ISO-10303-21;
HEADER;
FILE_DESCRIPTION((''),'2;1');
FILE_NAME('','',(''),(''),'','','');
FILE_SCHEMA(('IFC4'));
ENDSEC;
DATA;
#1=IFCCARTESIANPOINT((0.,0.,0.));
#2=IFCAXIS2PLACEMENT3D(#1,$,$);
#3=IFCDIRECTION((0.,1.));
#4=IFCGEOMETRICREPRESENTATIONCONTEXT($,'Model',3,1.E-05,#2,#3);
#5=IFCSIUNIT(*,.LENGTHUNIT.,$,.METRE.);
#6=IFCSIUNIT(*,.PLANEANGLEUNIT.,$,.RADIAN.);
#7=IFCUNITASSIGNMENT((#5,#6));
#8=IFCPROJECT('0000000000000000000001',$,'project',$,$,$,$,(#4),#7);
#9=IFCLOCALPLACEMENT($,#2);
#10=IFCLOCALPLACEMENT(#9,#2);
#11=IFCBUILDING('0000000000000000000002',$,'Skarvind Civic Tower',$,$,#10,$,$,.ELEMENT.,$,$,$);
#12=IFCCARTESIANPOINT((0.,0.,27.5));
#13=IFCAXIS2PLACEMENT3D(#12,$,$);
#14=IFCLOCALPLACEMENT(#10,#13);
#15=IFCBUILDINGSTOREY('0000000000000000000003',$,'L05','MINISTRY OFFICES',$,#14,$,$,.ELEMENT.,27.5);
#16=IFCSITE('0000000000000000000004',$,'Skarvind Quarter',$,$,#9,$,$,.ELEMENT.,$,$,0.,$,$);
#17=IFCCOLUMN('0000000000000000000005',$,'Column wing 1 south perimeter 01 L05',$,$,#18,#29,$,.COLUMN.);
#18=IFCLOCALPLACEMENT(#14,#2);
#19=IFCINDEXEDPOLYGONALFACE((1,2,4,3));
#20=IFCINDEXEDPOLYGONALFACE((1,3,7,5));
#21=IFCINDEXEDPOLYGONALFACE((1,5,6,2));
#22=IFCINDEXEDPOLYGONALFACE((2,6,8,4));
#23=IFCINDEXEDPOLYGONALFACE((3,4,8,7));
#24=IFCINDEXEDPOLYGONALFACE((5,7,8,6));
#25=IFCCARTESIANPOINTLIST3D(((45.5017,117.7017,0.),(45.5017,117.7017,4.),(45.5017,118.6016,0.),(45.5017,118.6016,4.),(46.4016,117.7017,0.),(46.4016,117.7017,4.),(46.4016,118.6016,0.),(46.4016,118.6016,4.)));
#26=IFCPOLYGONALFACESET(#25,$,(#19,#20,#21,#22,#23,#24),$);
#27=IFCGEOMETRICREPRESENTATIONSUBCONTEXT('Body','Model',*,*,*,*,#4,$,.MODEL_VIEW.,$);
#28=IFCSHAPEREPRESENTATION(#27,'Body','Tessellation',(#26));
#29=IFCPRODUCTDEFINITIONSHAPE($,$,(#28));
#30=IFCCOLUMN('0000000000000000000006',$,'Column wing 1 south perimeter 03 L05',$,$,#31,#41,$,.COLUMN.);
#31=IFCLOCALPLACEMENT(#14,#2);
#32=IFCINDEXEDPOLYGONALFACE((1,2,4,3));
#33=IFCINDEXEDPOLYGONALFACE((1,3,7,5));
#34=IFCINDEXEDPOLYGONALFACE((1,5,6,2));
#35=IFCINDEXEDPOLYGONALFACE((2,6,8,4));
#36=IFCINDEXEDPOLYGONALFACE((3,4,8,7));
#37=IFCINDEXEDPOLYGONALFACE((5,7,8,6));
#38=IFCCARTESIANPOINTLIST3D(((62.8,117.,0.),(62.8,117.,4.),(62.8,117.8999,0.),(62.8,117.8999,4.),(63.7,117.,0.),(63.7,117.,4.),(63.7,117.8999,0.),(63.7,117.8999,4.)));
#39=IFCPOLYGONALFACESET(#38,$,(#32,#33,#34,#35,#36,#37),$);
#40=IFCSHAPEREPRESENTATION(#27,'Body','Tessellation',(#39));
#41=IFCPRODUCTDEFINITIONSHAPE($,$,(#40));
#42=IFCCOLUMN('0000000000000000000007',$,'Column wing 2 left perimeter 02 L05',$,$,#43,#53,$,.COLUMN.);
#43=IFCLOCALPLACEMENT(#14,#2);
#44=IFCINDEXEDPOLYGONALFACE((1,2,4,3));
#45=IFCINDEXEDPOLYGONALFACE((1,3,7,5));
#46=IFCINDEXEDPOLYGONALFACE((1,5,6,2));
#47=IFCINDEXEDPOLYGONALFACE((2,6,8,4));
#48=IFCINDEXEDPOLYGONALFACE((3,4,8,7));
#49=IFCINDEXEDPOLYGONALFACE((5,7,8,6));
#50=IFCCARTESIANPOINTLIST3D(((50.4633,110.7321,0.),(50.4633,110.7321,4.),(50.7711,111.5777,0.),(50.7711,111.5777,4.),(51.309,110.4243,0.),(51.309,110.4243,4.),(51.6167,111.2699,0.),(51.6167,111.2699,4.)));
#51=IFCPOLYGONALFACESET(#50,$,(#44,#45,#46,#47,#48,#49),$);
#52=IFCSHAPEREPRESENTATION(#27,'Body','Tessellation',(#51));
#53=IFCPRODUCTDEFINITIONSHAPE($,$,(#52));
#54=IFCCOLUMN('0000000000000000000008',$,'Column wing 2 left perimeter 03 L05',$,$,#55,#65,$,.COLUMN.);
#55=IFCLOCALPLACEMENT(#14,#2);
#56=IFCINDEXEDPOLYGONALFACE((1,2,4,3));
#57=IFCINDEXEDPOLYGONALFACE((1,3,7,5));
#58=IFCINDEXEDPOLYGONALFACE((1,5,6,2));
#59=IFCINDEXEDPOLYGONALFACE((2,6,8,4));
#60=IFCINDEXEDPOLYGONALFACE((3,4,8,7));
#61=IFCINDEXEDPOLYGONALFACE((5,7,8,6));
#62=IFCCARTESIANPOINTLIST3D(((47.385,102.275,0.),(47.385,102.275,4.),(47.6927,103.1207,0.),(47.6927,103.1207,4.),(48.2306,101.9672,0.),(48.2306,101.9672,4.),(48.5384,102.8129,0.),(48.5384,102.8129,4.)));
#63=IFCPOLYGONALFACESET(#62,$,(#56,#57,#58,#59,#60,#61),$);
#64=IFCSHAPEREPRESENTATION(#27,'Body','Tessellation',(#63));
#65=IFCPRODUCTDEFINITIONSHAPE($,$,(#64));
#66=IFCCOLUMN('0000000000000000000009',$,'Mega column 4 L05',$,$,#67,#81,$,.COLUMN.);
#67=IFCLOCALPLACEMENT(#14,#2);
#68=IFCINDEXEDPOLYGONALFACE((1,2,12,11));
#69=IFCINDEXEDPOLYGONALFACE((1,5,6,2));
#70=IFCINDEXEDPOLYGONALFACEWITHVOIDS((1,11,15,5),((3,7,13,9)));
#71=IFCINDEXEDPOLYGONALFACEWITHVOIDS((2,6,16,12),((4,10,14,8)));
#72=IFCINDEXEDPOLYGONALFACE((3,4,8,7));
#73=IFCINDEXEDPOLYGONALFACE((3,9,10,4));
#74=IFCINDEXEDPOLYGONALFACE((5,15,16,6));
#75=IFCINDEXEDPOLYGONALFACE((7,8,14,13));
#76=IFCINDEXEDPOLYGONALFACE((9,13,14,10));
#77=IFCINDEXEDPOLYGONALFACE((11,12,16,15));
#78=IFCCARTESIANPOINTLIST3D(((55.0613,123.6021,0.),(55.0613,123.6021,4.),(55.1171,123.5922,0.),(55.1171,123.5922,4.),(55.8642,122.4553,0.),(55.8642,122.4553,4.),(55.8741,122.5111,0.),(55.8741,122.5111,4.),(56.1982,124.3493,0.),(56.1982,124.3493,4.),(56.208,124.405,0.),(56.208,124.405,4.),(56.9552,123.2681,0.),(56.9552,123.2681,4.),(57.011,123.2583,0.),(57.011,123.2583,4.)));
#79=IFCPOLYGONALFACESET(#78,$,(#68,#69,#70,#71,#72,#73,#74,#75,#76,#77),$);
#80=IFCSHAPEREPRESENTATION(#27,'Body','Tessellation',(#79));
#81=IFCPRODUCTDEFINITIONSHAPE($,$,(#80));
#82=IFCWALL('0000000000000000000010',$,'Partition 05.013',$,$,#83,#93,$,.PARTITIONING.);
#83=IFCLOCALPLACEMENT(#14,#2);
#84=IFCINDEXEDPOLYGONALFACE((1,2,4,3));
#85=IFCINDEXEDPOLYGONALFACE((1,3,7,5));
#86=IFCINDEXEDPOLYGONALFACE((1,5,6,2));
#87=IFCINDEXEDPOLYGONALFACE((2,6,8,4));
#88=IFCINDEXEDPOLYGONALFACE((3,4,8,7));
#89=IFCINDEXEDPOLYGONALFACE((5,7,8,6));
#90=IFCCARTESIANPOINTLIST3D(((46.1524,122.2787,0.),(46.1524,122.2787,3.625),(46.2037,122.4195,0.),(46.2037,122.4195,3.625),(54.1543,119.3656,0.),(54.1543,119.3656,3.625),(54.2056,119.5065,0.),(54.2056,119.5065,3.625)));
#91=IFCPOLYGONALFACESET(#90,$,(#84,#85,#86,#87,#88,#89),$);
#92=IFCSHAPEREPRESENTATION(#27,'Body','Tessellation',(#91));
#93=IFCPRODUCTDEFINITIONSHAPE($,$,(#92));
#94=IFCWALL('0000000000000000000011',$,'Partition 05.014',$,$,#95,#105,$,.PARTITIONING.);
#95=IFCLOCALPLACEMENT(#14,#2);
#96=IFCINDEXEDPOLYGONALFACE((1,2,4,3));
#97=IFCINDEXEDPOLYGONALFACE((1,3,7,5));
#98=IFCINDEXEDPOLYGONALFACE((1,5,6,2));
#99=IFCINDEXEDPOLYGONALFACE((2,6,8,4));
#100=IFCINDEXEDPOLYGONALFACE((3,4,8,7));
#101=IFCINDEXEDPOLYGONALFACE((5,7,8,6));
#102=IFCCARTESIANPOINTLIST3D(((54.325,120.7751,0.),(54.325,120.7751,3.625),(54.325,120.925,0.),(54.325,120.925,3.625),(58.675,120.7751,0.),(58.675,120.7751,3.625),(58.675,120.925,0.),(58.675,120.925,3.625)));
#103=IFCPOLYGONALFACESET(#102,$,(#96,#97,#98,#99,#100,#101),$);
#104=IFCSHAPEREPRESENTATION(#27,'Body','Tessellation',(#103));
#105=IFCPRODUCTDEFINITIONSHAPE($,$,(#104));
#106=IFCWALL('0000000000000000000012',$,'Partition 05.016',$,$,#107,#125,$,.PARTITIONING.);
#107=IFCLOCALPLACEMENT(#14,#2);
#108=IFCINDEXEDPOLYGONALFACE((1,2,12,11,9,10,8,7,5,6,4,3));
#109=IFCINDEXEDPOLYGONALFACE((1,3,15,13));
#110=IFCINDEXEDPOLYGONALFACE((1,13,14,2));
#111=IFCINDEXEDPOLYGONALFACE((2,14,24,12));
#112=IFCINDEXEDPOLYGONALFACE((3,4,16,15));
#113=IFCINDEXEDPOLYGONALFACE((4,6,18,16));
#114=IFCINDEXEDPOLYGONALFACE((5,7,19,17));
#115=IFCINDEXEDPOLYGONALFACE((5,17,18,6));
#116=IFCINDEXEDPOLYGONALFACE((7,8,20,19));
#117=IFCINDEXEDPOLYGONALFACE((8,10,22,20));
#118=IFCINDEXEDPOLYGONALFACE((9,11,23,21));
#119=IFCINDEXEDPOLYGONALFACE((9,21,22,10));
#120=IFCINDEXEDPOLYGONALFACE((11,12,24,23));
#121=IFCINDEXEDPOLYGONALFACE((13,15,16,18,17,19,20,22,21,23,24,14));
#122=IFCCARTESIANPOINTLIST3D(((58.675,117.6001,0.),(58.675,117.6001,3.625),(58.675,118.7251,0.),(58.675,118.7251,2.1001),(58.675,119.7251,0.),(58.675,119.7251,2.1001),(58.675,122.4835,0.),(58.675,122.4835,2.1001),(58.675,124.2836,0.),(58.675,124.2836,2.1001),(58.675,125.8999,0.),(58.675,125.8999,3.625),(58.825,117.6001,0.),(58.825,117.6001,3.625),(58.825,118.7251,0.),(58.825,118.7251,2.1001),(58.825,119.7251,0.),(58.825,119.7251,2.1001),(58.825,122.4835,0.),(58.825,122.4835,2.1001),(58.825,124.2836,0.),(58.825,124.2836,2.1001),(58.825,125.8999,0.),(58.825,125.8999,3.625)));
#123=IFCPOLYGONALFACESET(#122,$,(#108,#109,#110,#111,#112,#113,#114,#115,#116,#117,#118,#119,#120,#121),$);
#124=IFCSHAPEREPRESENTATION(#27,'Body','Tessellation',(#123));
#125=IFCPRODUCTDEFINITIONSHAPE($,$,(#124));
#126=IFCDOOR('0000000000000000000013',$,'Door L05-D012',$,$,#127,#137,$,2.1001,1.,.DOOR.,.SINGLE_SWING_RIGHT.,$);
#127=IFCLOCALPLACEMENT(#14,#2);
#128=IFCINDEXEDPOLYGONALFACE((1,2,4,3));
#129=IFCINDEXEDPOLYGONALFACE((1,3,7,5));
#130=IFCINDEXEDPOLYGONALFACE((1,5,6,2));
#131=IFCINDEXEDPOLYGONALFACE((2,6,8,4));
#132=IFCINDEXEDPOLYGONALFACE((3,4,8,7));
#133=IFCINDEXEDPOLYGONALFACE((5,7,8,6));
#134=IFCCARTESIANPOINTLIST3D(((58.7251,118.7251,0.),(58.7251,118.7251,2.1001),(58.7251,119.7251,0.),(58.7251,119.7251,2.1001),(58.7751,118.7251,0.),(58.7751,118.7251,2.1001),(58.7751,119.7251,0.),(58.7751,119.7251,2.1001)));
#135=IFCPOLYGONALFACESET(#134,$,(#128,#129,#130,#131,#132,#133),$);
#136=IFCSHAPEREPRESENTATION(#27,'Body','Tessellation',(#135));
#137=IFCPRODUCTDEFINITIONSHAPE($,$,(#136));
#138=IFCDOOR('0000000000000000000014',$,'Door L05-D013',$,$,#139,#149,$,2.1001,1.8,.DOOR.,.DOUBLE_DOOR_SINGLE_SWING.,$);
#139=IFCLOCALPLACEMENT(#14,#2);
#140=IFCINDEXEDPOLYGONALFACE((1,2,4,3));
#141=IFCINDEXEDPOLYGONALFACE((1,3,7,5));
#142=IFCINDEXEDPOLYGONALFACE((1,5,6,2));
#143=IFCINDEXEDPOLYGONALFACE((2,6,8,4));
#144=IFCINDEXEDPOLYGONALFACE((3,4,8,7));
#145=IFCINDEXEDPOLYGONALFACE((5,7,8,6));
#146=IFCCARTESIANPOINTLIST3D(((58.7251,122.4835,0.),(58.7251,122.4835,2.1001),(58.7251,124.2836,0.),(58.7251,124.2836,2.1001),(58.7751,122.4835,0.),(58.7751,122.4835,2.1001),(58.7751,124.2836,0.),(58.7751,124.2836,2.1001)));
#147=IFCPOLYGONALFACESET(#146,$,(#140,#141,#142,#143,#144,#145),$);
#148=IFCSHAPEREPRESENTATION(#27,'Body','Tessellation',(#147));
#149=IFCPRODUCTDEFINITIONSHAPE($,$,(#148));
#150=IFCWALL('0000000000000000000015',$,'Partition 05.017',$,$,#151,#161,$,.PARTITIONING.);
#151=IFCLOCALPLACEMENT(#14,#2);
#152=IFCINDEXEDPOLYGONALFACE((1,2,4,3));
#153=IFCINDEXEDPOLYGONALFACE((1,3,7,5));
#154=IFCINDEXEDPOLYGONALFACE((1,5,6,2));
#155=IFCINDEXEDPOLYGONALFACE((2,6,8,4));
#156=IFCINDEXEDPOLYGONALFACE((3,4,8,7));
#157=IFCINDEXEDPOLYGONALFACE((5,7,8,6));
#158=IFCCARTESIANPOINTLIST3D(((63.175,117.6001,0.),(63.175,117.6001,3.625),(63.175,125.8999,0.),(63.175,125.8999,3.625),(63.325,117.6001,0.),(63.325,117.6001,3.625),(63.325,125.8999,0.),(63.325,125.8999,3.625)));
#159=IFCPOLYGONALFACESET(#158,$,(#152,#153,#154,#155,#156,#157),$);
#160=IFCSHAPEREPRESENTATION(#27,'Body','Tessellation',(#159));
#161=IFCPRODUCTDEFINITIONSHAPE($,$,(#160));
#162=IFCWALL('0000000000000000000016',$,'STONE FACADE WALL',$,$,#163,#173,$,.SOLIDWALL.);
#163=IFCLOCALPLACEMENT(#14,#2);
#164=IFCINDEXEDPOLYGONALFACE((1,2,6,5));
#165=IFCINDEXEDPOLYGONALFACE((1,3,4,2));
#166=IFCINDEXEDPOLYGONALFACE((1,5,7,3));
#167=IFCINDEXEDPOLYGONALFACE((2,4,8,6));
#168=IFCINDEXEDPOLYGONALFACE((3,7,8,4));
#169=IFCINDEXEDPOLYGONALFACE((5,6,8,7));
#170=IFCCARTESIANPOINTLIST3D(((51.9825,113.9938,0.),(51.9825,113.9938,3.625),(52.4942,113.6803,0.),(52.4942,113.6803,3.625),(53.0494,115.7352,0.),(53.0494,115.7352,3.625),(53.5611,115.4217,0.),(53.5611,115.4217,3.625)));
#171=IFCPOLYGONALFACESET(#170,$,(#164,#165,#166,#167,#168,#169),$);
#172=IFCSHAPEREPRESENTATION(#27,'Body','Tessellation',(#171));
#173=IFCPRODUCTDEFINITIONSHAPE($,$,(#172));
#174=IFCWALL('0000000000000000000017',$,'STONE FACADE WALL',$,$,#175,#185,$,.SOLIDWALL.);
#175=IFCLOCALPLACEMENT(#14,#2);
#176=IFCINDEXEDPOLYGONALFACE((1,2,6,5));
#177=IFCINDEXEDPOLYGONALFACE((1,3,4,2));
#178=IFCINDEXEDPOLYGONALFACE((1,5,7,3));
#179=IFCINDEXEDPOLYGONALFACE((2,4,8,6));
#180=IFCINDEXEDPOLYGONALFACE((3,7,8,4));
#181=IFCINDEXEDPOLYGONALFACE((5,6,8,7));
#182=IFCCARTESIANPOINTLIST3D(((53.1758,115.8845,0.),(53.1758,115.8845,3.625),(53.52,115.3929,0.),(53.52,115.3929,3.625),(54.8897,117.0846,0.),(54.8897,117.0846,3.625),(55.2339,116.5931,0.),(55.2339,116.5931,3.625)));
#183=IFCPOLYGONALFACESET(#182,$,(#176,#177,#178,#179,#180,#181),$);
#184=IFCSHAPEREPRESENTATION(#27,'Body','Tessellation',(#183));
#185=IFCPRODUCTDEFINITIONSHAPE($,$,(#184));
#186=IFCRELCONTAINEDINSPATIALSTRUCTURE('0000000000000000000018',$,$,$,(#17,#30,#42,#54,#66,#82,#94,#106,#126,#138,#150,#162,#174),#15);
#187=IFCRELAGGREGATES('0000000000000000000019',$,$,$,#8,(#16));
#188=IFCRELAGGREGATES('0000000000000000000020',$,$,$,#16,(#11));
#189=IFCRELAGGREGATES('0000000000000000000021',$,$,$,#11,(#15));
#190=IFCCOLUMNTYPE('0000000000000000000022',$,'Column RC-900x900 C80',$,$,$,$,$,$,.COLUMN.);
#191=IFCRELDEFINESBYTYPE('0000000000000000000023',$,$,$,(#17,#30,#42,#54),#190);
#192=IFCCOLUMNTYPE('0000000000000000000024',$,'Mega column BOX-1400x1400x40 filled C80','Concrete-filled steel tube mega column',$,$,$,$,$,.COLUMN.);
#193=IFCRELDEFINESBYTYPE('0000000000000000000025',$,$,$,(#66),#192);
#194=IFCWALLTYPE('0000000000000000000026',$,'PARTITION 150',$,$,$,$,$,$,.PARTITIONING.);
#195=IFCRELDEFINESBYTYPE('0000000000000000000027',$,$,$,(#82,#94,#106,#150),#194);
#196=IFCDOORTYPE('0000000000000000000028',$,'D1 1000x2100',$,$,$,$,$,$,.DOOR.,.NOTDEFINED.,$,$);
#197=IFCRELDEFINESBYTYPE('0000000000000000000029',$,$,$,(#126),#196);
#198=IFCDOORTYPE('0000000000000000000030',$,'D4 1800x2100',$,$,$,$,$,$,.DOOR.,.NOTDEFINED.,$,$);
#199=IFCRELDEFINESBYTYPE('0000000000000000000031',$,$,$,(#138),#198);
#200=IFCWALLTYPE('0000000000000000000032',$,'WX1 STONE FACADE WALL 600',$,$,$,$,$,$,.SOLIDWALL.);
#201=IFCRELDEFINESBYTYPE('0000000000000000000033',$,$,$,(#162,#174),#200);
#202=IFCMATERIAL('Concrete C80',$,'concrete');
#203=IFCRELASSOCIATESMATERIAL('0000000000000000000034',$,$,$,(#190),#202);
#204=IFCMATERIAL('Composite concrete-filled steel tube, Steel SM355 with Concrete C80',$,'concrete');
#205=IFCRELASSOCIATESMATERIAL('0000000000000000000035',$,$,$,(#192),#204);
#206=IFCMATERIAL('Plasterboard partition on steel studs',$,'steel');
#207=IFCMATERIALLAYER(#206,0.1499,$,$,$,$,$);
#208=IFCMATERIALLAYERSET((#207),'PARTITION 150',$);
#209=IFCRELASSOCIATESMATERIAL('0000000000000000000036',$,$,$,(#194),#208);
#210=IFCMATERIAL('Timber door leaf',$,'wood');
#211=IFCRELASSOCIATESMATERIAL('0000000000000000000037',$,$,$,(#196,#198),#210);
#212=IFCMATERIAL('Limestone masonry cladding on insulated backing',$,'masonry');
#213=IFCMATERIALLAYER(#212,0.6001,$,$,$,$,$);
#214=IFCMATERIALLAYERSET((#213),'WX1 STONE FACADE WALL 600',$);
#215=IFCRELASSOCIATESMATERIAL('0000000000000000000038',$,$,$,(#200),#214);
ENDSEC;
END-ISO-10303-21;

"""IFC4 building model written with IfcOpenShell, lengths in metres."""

from ifc_helpers import new_model, si_unit, direction, frame, frame_2d, origin, origin_2d, place, context, subcontext, project, spatial, rectangle, hollow_rectangle, extrude, material, layer, layer_set, material_profile, profile_set, type_object, element, fill, save


model = new_model("IFC4")

# Units and contexts
model_context = context("Model", 3, precision=1e-05, world=origin(), true_north=direction((0.0, 1.0)))
body_context = subcontext(model_context, "Body", "Model", "MODEL_VIEW")
ifc_project = project(units=[si_unit("LENGTHUNIT", "METRE"), si_unit("PLANEANGLEUNIT", "RADIAN")], contexts=[model_context])

# Site, building, storey
site_placement = place(None, origin())
site = spatial("IfcSite", under=ifc_project, at=site_placement, Name="Skarvind Quarter", CompositionType="ELEMENT", RefElevation=0.0)
building_placement = place(site_placement, origin())
building = spatial("IfcBuilding", under=site, at=building_placement, Name="Skarvind Civic Tower", CompositionType="ELEMENT")
storey_placement = place(building_placement, frame((0.0, 0.0, 27.5)))
storey = spatial("IfcBuildingStorey", under=building, at=storey_placement, Name="L05", Description="MINISTRY OFFICES", CompositionType="ELEMENT", Elevation=27.5)

# Columns
ifc_material_1 = material(Name="Concrete C80", Category="concrete")
ifc_material_profile_1 = material_profile(ifc_material_1, rectangle(XDim=0.8999, YDim=0.8999, at=origin_2d()), Name="RC-900x900")
ifc_profile_set_1 = profile_set([ifc_material_profile_1], Name="Concrete C80")
column_type_1 = type_object("IfcColumnType", Name="Column RC-900x900 C80", PredefinedType="COLUMN", material=ifc_profile_set_1)
for number, where, z_axis, x_axis, name in (
    (1, (45.9517, 118.1516, 0.0), (0.0, 0.0, 1.0), (1.0, 0.0, 0.0), "Column wing 1 south perimeter 01 L05"),
    (2, (63.25, 117.45, 0.0), (0.0, 0.0, 1.0), (1.0, 0.0, 0.0), "Column wing 1 south perimeter 03 L05"),
    (3, (51.04, 111.001, 0.0), (0.0, 0.0, 1.0), (-0.34202, -0.939693, 0.0), "Column wing 2 left perimeter 02 L05"),
    (4, (47.9617, 102.5439, 0.0), (0.0, 0.0, 1.0), (-0.34202, -0.939693, 0.0), "Column wing 2 left perimeter 03 L05"),
):
    element("IfcColumn", number, at=place(storey_placement, frame(where, z_axis=z_axis, x_axis=x_axis)), inside=storey, type_object=column_type_1, Name=name, PredefinedType="COLUMN", context=body_context, shape_type="SweptSolid", body=[
        extrude(rectangle(XDim=0.8999, YDim=0.8999, at=origin_2d()), origin(), (0.0, 0.0, 1.0), 4.0),
    ])
ifc_material_2 = material(Name="Composite concrete-filled steel tube, Steel SM355 with Concrete C80", Category="concrete")
ifc_material_profile_2 = material_profile(ifc_material_2, hollow_rectangle(XDim=1.3999, YDim=1.3999, WallThickness=0.04, at=origin_2d()), Name="BOX-1400x1400x40")
ifc_profile_set_2 = profile_set([ifc_material_profile_2], Name="Composite concrete-filled steel tube, Steel SM355 with Concrete C80")
column_type_2 = type_object("IfcColumnType", Name="Mega column BOX-1400x1400x40 filled C80", Description="Concrete-filled steel tube mega column", PredefinedType="COLUMN", material=ifc_profile_set_2)
column_placement = place(storey_placement, frame((56.0361, 123.4302, 0.0), z_axis=(0.0, 0.0, 1.0), x_axis=(0.573576, -0.819152, 0.0)))
element("IfcColumn", 5, at=column_placement, inside=storey, type_object=column_type_2, Name="Mega column 4 L05", PredefinedType="COLUMN", context=body_context, shape_type="SweptSolid", body=[
    extrude(hollow_rectangle(XDim=1.3999, YDim=1.3999, WallThickness=0.04, at=origin_2d()), origin(), (0.0, 0.0, 1.0), 4.0),
])

# Walls
ifc_material_3 = material(Name="Plasterboard partition on steel studs", Category="steel")
ifc_layer_1 = layer(ifc_material_3, 0.1499)
ifc_layer_set_1 = layer_set([ifc_layer_1], Name="PARTITION 150")
wall_type_1 = type_object("IfcWallType", Name="PARTITION 150", PredefinedType="PARTITIONING", material=ifc_layer_set_1)
wall_1_placement = place(storey_placement, frame((54.1799, 119.436, 0.0), z_axis=(0.0, 0.0, 1.0), x_axis=(-0.939669, 0.342084, 0.0)))
element("IfcWall", 6, at=wall_1_placement, inside=storey, type_object=wall_type_1, Name="Partition 05.013", PredefinedType="PARTITIONING", context=body_context, shape_type="SweptSolid", body=[
    extrude(rectangle(XDim=8.5156, YDim=0.1499, at=frame_2d((4.2578, 0.0))), origin(), (0.0, 0.0, 1.0), 3.625),
])
wall_2_placement = place(storey_placement, frame((54.325, 120.8501, 0.0), z_axis=(0.0, 0.0, 1.0), x_axis=(1.0, 0.0, 0.0)))
element("IfcWall", 7, at=wall_2_placement, inside=storey, type_object=wall_type_1, Name="Partition 05.014", PredefinedType="PARTITIONING", context=body_context, shape_type="SweptSolid", body=[
    extrude(rectangle(XDim=4.3501, YDim=0.1499, at=frame_2d((2.175, 0.0))), origin(), (0.0, 0.0, 1.0), 3.625),
])

# Wall, openings, doors
wall_3_placement = place(storey_placement, frame((58.75, 117.6001, 0.0), z_axis=(0.0, 0.0, 1.0), x_axis=(0.0, 1.0, 0.0)))
wall_3 = element("IfcWall", 8, at=wall_3_placement, inside=storey, type_object=wall_type_1, Name="Partition 05.016", PredefinedType="PARTITIONING", context=body_context, shape_type="SweptSolid", body=[
    extrude(rectangle(XDim=8.2998, YDim=0.1499, at=frame_2d((4.1499, 0.0))), origin(), (0.0, 0.0, 1.0), 3.625),
])
opening_1_placement = place(wall_3_placement, frame((1.125, 0.0, 0.0)))
opening_1 = element("IfcOpeningElement", 9, at=opening_1_placement, cuts=wall_3, PredefinedType="OPENING", context=body_context, shape_type="SweptSolid", body=[
    extrude(rectangle(XDim=1.0, YDim=2.1001, at=frame_2d((0.5, 1.05))), frame((0.0, 0.085, 0.0), z_axis=(0.0, -1.0, 0.0), x_axis=(1.0, 0.0, 0.0)), (0.0, 0.0, 1.0), 0.1699),
])
opening_2_placement = place(wall_3_placement, frame((4.8835, 0.0, 0.0)))
opening_2 = element("IfcOpeningElement", 10, at=opening_2_placement, cuts=wall_3, PredefinedType="OPENING", context=body_context, shape_type="SweptSolid", body=[
    extrude(rectangle(XDim=1.8, YDim=2.1001, at=frame_2d((0.8999, 1.05))), frame((0.0, 0.085, 0.0), z_axis=(0.0, -1.0, 0.0), x_axis=(1.0, 0.0, 0.0)), (0.0, 0.0, 1.0), 0.1699),
])
ifc_material_4 = material(Name="Timber door leaf", Category="wood")
door_type_1 = type_object("IfcDoorType", Name="D1 1000x2100", OperationType="NOTDEFINED", PredefinedType="DOOR", material=ifc_material_4)
door_1_placement = place(opening_1_placement, origin())
door_1 = element("IfcDoor", 11, at=door_1_placement, inside=storey, type_object=door_type_1, Name="Door L05-D012", OperationType="SINGLE_SWING_RIGHT", OverallHeight=2.1001, OverallWidth=1.0, PredefinedType="DOOR", context=body_context, shape_type="SweptSolid", body=[
    extrude(rectangle(XDim=1.0, YDim=2.1001, at=frame_2d((0.5, 1.05))), frame((0.0, 0.0249, 0.0), z_axis=(0.0, -1.0, 0.0), x_axis=(1.0, 0.0, 0.0)), (0.0, 0.0, 1.0), 0.05),
])
fill(opening_1, door_1)
door_type_2 = type_object("IfcDoorType", Name="D4 1800x2100", OperationType="NOTDEFINED", PredefinedType="DOOR", material=ifc_material_4)
door_2_placement = place(opening_2_placement, origin())
door_2 = element("IfcDoor", 12, at=door_2_placement, inside=storey, type_object=door_type_2, Name="Door L05-D013", OperationType="DOUBLE_DOOR_SINGLE_SWING", OverallHeight=2.1001, OverallWidth=1.8, PredefinedType="DOOR", context=body_context, shape_type="SweptSolid", body=[
    extrude(rectangle(XDim=1.8, YDim=2.1001, at=frame_2d((0.8999, 1.05))), frame((0.0, 0.0249, 0.0), z_axis=(0.0, -1.0, 0.0), x_axis=(1.0, 0.0, 0.0)), (0.0, 0.0, 1.0), 0.05),
])
fill(opening_2, door_2)

# Wall
wall_4_placement = place(storey_placement, frame((63.25, 117.6001, 0.0), z_axis=(0.0, 0.0, 1.0), x_axis=(0.0, 1.0, 0.0)))
element("IfcWall", 13, at=wall_4_placement, inside=storey, type_object=wall_type_1, Name="Partition 05.017", PredefinedType="PARTITIONING", context=body_context, shape_type="SweptSolid", body=[
    extrude(rectangle(XDim=8.2998, YDim=0.1499, at=frame_2d((4.1499, 0.0))), origin(), (0.0, 0.0, 1.0), 3.625),
])

# Shared definitions
ifc_material_5 = material(Name="Limestone masonry cladding on insulated backing", Category="masonry")
ifc_layer_2 = layer(ifc_material_5, 0.6001)
ifc_layer_set_2 = layer_set([ifc_layer_2], Name="WX1 STONE FACADE WALL 600")
wall_type_2 = type_object("IfcWallType", Name="WX1 STONE FACADE WALL 600", PredefinedType="SOLIDWALL", material=ifc_layer_set_2)

# Walls
wall_5_placement = place(storey_placement, frame((53.3052, 115.5784, 0.0), z_axis=(0.0, 0.0, 1.0), x_axis=(-0.522402, -0.852699, 0.0)))
element("IfcWall", 14, at=wall_5_placement, inside=storey, type_object=wall_type_2, Name="STONE FACADE WALL", PredefinedType="SOLIDWALL", context=body_context, shape_type="SweptSolid", body=[
    extrude(rectangle(XDim=2.0422, YDim=0.6001, at=frame_2d((1.021, 0.0))), origin(), (0.0, 0.0, 1.0), 3.625),
])
for number, where, z_axis, x_axis, name in (
    (15, (55.0618, 116.8389, 0.0), (0.0, 0.0, 1.0), (-0.819122, -0.573619, 0.0), "STONE FACADE WALL"),
):
    element("IfcWall", number, at=place(storey_placement, frame(where, z_axis=z_axis, x_axis=x_axis)), inside=storey, type_object=wall_type_2, Name=name, PredefinedType="SOLIDWALL", context=body_context, shape_type="SweptSolid", body=[
        extrude(rectangle(XDim=2.0923, YDim=0.6001, at=frame_2d((1.0461, 0.0))), origin(), (0.0, 0.0, 1.0), 3.625),
    ])

save(model, "model.ifc")
